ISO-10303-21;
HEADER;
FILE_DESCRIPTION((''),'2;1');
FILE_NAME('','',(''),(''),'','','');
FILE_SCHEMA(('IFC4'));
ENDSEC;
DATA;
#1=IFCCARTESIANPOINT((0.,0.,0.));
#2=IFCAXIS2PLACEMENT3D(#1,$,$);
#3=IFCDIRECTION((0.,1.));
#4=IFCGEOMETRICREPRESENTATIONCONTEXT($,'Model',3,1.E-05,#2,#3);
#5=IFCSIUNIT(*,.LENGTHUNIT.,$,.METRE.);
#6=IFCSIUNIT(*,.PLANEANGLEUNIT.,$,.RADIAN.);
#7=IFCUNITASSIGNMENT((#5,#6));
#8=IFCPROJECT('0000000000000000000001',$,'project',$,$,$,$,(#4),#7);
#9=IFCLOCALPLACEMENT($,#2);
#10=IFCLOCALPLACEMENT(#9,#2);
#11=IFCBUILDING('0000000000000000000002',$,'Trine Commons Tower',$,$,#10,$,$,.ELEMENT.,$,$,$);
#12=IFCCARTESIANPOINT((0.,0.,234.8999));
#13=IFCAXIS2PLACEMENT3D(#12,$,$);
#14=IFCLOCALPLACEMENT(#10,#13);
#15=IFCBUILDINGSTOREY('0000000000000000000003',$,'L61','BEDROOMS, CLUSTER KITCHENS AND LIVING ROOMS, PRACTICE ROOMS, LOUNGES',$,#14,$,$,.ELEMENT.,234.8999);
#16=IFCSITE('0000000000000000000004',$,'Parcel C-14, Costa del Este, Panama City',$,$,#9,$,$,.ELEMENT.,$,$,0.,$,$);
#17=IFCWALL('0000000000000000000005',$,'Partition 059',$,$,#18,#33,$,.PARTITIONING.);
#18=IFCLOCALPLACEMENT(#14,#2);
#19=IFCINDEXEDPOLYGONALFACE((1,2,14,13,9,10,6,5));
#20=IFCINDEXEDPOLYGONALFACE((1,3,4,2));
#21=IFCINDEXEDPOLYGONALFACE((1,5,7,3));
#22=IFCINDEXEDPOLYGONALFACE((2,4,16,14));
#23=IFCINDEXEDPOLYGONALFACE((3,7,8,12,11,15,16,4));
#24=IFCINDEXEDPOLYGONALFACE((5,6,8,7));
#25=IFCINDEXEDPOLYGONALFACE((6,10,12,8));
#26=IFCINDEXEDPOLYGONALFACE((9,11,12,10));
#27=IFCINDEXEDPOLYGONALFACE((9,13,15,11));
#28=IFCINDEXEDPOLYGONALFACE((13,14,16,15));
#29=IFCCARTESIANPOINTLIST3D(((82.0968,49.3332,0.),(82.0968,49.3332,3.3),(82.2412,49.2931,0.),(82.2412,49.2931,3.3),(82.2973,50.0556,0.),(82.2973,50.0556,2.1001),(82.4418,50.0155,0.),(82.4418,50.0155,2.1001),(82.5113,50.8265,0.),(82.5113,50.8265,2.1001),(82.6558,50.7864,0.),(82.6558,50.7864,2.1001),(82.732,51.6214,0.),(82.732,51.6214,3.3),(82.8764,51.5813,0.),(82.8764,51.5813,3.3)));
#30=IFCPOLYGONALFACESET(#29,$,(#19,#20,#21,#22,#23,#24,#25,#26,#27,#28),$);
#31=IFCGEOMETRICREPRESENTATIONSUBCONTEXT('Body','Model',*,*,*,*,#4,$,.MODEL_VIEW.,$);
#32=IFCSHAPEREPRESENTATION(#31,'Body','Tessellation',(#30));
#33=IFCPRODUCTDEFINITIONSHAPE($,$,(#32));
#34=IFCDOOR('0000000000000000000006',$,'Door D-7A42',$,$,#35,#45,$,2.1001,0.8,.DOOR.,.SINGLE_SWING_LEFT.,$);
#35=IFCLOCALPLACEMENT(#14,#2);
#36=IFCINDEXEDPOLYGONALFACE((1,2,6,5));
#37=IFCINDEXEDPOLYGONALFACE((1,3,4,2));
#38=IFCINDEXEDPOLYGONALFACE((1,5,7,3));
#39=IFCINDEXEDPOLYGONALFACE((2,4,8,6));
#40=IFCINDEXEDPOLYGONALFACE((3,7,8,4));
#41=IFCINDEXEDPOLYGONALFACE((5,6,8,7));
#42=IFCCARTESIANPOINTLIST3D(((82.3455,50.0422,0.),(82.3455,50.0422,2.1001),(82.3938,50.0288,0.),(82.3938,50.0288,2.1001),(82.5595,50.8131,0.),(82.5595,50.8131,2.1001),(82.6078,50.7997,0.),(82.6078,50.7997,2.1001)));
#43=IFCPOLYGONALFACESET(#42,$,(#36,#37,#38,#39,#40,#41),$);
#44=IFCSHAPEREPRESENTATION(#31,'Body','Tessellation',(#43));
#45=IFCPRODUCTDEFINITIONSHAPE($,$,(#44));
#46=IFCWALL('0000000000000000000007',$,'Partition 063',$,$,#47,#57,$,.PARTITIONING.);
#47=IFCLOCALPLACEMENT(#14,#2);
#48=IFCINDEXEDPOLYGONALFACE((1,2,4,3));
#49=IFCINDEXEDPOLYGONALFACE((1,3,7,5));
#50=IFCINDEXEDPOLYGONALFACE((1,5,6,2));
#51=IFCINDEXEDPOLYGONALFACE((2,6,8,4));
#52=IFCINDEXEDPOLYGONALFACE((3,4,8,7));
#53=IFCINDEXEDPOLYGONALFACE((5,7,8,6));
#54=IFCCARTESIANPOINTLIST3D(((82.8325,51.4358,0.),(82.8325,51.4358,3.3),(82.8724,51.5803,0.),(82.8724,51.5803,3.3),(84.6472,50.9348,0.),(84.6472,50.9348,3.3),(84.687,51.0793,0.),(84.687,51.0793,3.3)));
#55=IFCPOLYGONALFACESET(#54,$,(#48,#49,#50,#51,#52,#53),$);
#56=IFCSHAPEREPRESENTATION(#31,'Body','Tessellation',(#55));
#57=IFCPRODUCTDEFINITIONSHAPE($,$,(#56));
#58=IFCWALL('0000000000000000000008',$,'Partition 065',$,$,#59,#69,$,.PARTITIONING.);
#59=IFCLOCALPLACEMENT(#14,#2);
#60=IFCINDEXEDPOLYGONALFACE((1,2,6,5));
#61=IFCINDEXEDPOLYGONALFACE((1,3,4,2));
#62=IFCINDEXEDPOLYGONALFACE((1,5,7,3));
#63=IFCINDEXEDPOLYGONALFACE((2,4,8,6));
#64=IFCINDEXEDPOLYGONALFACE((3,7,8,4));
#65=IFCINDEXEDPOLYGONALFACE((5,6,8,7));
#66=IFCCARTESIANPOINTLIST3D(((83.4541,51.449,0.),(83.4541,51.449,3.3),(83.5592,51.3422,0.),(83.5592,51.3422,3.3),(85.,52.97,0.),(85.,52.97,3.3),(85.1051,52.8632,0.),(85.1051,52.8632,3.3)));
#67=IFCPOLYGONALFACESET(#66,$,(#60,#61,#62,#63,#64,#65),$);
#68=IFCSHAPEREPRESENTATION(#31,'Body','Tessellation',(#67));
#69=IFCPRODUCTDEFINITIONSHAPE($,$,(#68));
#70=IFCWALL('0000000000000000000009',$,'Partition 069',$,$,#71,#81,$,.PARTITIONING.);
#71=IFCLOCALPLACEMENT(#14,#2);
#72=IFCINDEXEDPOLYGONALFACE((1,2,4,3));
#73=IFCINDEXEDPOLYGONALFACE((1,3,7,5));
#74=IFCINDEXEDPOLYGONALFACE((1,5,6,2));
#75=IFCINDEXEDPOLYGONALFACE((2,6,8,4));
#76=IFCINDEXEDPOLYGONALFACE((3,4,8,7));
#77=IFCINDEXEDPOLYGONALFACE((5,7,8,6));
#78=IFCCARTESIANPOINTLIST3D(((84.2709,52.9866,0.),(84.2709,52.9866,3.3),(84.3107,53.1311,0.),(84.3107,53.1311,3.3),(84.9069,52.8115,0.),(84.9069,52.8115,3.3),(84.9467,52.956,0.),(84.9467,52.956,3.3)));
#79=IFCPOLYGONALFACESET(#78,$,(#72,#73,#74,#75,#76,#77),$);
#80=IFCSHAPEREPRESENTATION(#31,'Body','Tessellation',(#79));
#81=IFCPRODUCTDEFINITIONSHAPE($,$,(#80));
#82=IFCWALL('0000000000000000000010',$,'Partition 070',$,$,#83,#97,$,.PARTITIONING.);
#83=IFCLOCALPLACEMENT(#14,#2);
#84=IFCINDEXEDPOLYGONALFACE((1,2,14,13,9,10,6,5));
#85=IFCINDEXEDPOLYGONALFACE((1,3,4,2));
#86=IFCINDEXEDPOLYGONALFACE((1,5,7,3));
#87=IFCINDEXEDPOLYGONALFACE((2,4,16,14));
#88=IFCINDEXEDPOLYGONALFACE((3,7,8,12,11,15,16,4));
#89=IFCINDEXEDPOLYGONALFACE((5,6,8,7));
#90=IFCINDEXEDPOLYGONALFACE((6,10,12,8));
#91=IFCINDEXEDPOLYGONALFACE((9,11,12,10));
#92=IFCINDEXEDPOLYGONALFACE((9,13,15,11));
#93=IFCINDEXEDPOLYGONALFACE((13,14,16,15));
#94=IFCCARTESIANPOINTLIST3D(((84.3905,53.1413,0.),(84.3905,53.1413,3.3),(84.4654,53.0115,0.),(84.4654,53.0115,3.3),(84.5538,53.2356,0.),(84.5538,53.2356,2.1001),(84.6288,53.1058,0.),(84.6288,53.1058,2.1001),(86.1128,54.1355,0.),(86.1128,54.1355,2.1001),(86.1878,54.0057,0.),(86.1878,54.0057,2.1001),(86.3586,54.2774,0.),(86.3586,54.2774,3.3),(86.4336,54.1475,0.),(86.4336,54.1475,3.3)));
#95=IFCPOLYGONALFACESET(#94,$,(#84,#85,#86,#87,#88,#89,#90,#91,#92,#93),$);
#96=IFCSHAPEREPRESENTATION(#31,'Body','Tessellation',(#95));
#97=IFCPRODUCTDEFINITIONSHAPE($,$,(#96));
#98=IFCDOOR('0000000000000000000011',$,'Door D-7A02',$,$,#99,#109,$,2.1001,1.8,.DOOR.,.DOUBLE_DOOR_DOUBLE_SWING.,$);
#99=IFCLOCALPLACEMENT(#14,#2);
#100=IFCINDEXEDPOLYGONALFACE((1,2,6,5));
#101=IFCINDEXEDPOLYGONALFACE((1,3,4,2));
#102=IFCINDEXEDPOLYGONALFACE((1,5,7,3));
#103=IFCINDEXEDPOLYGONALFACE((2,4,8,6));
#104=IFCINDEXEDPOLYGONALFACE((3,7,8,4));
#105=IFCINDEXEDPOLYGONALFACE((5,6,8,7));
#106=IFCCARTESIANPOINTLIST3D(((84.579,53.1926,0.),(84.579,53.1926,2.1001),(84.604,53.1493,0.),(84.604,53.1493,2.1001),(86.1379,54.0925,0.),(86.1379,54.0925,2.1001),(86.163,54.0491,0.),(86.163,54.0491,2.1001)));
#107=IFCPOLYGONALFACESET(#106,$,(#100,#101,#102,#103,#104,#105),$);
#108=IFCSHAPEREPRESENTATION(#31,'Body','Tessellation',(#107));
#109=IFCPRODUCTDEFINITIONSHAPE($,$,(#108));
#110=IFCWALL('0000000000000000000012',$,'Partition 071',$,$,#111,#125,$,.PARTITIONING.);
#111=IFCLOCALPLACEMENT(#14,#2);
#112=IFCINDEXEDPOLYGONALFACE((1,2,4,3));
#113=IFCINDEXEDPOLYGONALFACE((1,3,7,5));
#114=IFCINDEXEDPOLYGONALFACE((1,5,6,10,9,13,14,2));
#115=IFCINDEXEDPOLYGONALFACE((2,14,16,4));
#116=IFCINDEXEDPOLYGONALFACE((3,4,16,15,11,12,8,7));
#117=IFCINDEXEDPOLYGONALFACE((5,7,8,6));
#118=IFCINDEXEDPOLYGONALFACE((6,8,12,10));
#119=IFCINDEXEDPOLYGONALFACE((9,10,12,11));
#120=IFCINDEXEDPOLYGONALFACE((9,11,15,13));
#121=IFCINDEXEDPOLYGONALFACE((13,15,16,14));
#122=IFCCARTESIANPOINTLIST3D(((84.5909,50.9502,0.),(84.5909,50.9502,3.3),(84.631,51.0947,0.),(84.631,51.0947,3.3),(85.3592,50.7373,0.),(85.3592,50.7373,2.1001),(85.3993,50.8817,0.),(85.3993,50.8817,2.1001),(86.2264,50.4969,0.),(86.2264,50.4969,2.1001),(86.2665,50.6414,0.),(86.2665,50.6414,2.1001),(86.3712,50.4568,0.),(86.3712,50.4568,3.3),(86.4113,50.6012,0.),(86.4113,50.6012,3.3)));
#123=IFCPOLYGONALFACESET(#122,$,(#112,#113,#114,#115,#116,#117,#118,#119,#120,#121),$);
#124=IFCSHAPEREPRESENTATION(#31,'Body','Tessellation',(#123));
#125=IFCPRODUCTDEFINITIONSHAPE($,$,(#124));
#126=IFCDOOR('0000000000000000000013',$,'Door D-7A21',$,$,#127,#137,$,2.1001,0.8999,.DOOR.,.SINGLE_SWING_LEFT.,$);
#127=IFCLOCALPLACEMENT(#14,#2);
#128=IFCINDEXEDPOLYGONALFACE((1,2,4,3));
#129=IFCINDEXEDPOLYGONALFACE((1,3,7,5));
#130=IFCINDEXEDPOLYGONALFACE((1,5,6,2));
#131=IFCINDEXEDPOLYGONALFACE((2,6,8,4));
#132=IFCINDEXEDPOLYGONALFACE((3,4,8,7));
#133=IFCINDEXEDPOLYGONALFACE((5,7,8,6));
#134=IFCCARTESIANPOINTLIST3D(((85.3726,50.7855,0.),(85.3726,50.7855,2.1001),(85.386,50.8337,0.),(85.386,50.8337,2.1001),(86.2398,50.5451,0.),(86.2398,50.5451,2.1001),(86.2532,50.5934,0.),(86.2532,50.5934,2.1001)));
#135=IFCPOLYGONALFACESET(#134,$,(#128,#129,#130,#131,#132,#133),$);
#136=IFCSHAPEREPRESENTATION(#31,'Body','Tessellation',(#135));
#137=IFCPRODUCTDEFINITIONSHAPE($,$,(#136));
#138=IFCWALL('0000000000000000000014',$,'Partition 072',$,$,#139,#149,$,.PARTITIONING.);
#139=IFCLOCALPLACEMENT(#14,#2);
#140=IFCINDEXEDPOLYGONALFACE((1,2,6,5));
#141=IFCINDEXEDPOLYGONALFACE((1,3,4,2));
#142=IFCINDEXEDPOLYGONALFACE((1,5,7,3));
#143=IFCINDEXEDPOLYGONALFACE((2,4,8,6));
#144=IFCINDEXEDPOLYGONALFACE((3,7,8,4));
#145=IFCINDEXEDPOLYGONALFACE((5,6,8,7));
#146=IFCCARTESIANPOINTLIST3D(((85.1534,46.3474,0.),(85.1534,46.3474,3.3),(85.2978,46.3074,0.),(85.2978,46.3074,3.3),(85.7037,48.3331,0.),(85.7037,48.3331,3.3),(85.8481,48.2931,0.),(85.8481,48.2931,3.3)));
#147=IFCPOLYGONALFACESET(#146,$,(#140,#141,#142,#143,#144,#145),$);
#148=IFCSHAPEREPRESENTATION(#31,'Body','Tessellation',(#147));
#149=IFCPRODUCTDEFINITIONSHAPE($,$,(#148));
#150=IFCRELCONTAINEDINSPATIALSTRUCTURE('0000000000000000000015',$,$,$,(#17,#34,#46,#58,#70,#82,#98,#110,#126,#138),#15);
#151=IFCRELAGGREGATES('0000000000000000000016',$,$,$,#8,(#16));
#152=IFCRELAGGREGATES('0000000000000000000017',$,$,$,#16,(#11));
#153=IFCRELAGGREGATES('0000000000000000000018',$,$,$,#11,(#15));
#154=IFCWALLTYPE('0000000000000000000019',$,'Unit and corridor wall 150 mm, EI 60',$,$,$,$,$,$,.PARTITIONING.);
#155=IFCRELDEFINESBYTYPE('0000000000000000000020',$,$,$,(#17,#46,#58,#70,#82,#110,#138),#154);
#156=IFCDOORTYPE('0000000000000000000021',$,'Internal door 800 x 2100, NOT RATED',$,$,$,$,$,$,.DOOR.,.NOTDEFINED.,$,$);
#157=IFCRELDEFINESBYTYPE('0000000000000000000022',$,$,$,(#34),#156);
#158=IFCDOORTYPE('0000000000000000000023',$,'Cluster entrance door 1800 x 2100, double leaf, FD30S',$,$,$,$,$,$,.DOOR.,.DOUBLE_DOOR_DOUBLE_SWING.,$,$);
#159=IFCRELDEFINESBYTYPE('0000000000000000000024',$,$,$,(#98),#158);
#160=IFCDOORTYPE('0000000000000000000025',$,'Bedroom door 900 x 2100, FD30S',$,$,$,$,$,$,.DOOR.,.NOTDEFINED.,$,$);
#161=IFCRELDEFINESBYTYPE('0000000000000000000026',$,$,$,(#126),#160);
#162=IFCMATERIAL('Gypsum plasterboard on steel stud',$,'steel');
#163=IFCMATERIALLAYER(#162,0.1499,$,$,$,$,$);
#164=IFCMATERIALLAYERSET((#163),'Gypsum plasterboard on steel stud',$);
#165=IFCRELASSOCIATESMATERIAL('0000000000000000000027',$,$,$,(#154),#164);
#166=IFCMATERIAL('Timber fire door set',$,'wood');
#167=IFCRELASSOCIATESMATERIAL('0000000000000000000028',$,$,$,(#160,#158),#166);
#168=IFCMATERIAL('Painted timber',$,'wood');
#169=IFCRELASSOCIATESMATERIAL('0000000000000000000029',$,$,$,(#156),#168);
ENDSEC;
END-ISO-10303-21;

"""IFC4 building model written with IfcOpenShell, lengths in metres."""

from ifc_helpers import new_model, si_unit, direction, frame, frame_2d, origin, place, context, subcontext, project, spatial, rectangle, extrude, material, layer, layer_set, type_object, element, fill, save


model = new_model("IFC4")

# Units and contexts
model_context = context("Model", 3, precision=1e-05, world=origin(), true_north=direction((0.0, 1.0)))
body_context = subcontext(model_context, "Body", "Model", "MODEL_VIEW")
ifc_project = project(units=[si_unit("LENGTHUNIT", "METRE"), si_unit("PLANEANGLEUNIT", "RADIAN")], contexts=[model_context])

# Site, building, storey
site_placement = place(None, origin())
site = spatial("IfcSite", under=ifc_project, at=site_placement, Name="Parcel C-14, Costa del Este, Panama City", CompositionType="ELEMENT", RefElevation=0.0)
building_placement = place(site_placement, origin())
building = spatial("IfcBuilding", under=site, at=building_placement, Name="Trine Commons Tower", CompositionType="ELEMENT")
storey_placement = place(building_placement, frame((0.0, 0.0, 234.8999)))
storey = spatial("IfcBuildingStorey", under=building, at=storey_placement, Name="L61", Description="BEDROOMS, CLUSTER KITCHENS AND LIVING ROOMS, PRACTICE ROOMS, LOUNGES", CompositionType="ELEMENT", Elevation=234.8999)

# Shared definitions
ifc_material_1 = material(Name="Gypsum plasterboard on steel stud", Category="steel")
ifc_layer_1 = layer(ifc_material_1, 0.1499)
ifc_layer_set_1 = layer_set([ifc_layer_1], Name="Gypsum plasterboard on steel stud")
wall_type_1 = type_object("IfcWallType", Name="Unit and corridor wall 150 mm, EI 60", PredefinedType="PARTITIONING", material=ifc_layer_set_1)

# Shared definitions
ifc_material_2 = material(Name="Timber fire door set", Category="wood")
door_type_1 = type_object("IfcDoorType", Name="Bedroom door 900 x 2100, FD30S", OperationType="NOTDEFINED", PredefinedType="DOOR", material=ifc_material_2)

# Wall, opening, door
wall_1_placement = place(storey_placement, frame((82.1689, 49.313, 0.0), z_axis=(0.0, 0.0, 1.0), x_axis=(0.26749, 0.963561, 0.0)))
wall_1 = element("IfcWall", 1, at=wall_1_placement, inside=storey, type_object=wall_type_1, Name="Partition 059", PredefinedType="PARTITIONING", context=body_context, shape_type="SweptSolid", body=[
    extrude(rectangle(XDim=2.3748, YDim=0.1499, at=frame_2d((1.1875, 0.0))), origin(), (0.0, 0.0, 1.0), 3.3),
])
opening_1_placement = place(wall_1_placement, frame((0.75, 0.0, 0.0)))
opening_1 = element("IfcOpeningElement", 2, at=opening_1_placement, cuts=wall_1, PredefinedType="OPENING", context=body_context, shape_type="SweptSolid", body=[
    extrude(rectangle(XDim=0.8, YDim=2.1001, at=frame_2d((0.3999, 1.05))), frame((0.0, 0.085, 0.0), z_axis=(0.0, -1.0, 0.0), x_axis=(1.0, 0.0, 0.0)), (0.0, 0.0, 1.0), 0.1699),
])
ifc_material_3 = material(Name="Painted timber", Category="wood")
door_type_2 = type_object("IfcDoorType", Name="Internal door 800 x 2100, NOT RATED", OperationType="NOTDEFINED", PredefinedType="DOOR", material=ifc_material_3)
door_1_placement = place(opening_1_placement, origin())
door_1 = element("IfcDoor", 3, at=door_1_placement, inside=storey, type_object=door_type_2, Name="Door D-7A42", OperationType="SINGLE_SWING_LEFT", OverallHeight=2.1001, OverallWidth=0.8, PredefinedType="DOOR", context=body_context, shape_type="SweptSolid", body=[
    extrude(rectangle(XDim=0.8, YDim=2.1001, at=frame_2d((0.3999, 1.05))), frame((0.0, 0.0249, 0.0), z_axis=(0.0, -1.0, 0.0), x_axis=(1.0, 0.0, 0.0)), (0.0, 0.0, 1.0), 0.05),
])
fill(opening_1, door_1)

# Walls
wall_2_placement = place(storey_placement, frame((82.8523, 51.5081, 0.0), z_axis=(0.0, 0.0, 1.0), x_axis=(0.963942, -0.266112, 0.0)))
element("IfcWall", 4, at=wall_2_placement, inside=storey, type_object=wall_type_1, Name="Partition 063", PredefinedType="PARTITIONING", context=body_context, shape_type="SweptSolid", body=[
    extrude(rectangle(XDim=1.8826, YDim=0.1499, at=frame_2d((0.9414, 0.0))), origin(), (0.0, 0.0, 1.0), 3.3),
])
wall_3_placement = place(storey_placement, frame((83.5066, 51.3955, 0.0), z_axis=(0.0, 0.0, 1.0), x_axis=(0.712825, 0.701342, 0.0)))
element("IfcWall", 5, at=wall_3_placement, inside=storey, type_object=wall_type_1, Name="Partition 065", PredefinedType="PARTITIONING", context=body_context, shape_type="SweptSolid", body=[
    extrude(rectangle(XDim=2.1687, YDim=0.1499, at=frame_2d((1.0845, 0.0))), origin(), (0.0, 0.0, 1.0), 3.3),
])
wall_4_placement = place(storey_placement, frame((84.2908, 53.0588, 0.0), z_axis=(0.0, 0.0, 1.0), x_axis=(0.964146, -0.265372, 0.0)))
element("IfcWall", 6, at=wall_4_placement, inside=storey, type_object=wall_type_1, Name="Partition 069", PredefinedType="PARTITIONING", context=body_context, shape_type="SweptSolid", body=[
    extrude(rectangle(XDim=0.6597, YDim=0.1499, at=frame_2d((0.3298, 0.0))), origin(), (0.0, 0.0, 1.0), 3.3),
])

# Walls, openings, doors
wall_5_placement = place(storey_placement, frame((84.428, 53.0764, 0.0), z_axis=(0.0, 0.0, 1.0), x_axis=(0.866073, 0.499918, 0.0)))
wall_5 = element("IfcWall", 7, at=wall_5_placement, inside=storey, type_object=wall_type_1, Name="Partition 070", PredefinedType="PARTITIONING", context=body_context, shape_type="SweptSolid", body=[
    extrude(rectangle(XDim=2.2725, YDim=0.1499, at=frame_2d((1.1362, 0.0))), origin(), (0.0, 0.0, 1.0), 3.3),
])
opening_2_placement = place(wall_5_placement, frame((0.1887, 0.0, 0.0)))
opening_2 = element("IfcOpeningElement", 8, at=opening_2_placement, cuts=wall_5, PredefinedType="OPENING", context=body_context, shape_type="SweptSolid", body=[
    extrude(rectangle(XDim=1.8, YDim=2.1001, at=frame_2d((0.8999, 1.05))), frame((0.0, 0.085, 0.0), z_axis=(0.0, -1.0, 0.0), x_axis=(1.0, 0.0, 0.0)), (0.0, 0.0, 1.0), 0.1699),
])
door_type_3 = type_object("IfcDoorType", Name="Cluster entrance door 1800 x 2100, double leaf, FD30S", OperationType="DOUBLE_DOOR_DOUBLE_SWING", PredefinedType="DOOR", material=ifc_material_2)
door_2_placement = place(opening_2_placement, frame((1.8, 0.0, 0.0), z_axis=(0.0, 0.0, 1.0), x_axis=(-1.0, 0.0, 0.0)))
door_2 = element("IfcDoor", 9, at=door_2_placement, inside=storey, type_object=door_type_3, Name="Door D-7A02", OperationType="DOUBLE_DOOR_DOUBLE_SWING", OverallHeight=2.1001, OverallWidth=1.8, PredefinedType="DOOR", context=body_context, shape_type="SweptSolid", body=[
    extrude(rectangle(XDim=1.8, YDim=2.1001, at=frame_2d((0.8999, 1.05))), frame((0.0, 0.0249, 0.0), z_axis=(0.0, -1.0, 0.0), x_axis=(1.0, 0.0, 0.0)), (0.0, 0.0, 1.0), 0.05),
])
fill(opening_2, door_2)
wall_6_placement = place(storey_placement, frame((84.6108, 51.0225, 0.0), z_axis=(0.0, 0.0, 1.0), x_axis=(0.963673, -0.267085, 0.0)))
wall_6 = element("IfcWall", 10, at=wall_6_placement, inside=storey, type_object=wall_type_1, Name="Partition 071", PredefinedType="PARTITIONING", context=body_context, shape_type="SweptSolid", body=[
    extrude(rectangle(XDim=1.8474, YDim=0.1499, at=frame_2d((0.9238, 0.0))), origin(), (0.0, 0.0, 1.0), 3.3),
])
opening_3_placement = place(wall_6_placement, frame((0.7974, 0.0, 0.0)))
opening_3 = element("IfcOpeningElement", 11, at=opening_3_placement, cuts=wall_6, PredefinedType="OPENING", context=body_context, shape_type="SweptSolid", body=[
    extrude(rectangle(XDim=0.8999, YDim=2.1001, at=frame_2d((0.45, 1.05))), frame((0.0, 0.085, 0.0), z_axis=(0.0, -1.0, 0.0), x_axis=(1.0, 0.0, 0.0)), (0.0, 0.0, 1.0), 0.1699),
])
door_3_placement = place(opening_3_placement, frame((0.8999, 0.0, 0.0), z_axis=(0.0, 0.0, 1.0), x_axis=(-1.0, 0.0, 0.0)))
door_3 = element("IfcDoor", 12, at=door_3_placement, inside=storey, type_object=door_type_1, Name="Door D-7A21", OperationType="SINGLE_SWING_LEFT", OverallHeight=2.1001, OverallWidth=0.8999, PredefinedType="DOOR", context=body_context, shape_type="SweptSolid", body=[
    extrude(rectangle(XDim=0.8999, YDim=2.1001, at=frame_2d((0.45, 1.05))), frame((0.0, 0.0249, 0.0), z_axis=(0.0, -1.0, 0.0), x_axis=(1.0, 0.0, 0.0)), (0.0, 0.0, 1.0), 0.05),
])
fill(opening_3, door_3)

# Wall
wall_7_placement = place(storey_placement, frame((85.2256, 46.3274, 0.0), z_axis=(0.0, 0.0, 1.0), x_axis=(0.267075, 0.963676, 0.0)))
element("IfcWall", 13, at=wall_7_placement, inside=storey, type_object=wall_type_1, Name="Partition 072", PredefinedType="PARTITIONING", context=body_context, shape_type="SweptSolid", body=[
    extrude(rectangle(XDim=2.0605, YDim=0.1499, at=frame_2d((1.0303, 0.0))), origin(), (0.0, 0.0, 1.0), 3.3),
])

save(model, "model.ifc")
